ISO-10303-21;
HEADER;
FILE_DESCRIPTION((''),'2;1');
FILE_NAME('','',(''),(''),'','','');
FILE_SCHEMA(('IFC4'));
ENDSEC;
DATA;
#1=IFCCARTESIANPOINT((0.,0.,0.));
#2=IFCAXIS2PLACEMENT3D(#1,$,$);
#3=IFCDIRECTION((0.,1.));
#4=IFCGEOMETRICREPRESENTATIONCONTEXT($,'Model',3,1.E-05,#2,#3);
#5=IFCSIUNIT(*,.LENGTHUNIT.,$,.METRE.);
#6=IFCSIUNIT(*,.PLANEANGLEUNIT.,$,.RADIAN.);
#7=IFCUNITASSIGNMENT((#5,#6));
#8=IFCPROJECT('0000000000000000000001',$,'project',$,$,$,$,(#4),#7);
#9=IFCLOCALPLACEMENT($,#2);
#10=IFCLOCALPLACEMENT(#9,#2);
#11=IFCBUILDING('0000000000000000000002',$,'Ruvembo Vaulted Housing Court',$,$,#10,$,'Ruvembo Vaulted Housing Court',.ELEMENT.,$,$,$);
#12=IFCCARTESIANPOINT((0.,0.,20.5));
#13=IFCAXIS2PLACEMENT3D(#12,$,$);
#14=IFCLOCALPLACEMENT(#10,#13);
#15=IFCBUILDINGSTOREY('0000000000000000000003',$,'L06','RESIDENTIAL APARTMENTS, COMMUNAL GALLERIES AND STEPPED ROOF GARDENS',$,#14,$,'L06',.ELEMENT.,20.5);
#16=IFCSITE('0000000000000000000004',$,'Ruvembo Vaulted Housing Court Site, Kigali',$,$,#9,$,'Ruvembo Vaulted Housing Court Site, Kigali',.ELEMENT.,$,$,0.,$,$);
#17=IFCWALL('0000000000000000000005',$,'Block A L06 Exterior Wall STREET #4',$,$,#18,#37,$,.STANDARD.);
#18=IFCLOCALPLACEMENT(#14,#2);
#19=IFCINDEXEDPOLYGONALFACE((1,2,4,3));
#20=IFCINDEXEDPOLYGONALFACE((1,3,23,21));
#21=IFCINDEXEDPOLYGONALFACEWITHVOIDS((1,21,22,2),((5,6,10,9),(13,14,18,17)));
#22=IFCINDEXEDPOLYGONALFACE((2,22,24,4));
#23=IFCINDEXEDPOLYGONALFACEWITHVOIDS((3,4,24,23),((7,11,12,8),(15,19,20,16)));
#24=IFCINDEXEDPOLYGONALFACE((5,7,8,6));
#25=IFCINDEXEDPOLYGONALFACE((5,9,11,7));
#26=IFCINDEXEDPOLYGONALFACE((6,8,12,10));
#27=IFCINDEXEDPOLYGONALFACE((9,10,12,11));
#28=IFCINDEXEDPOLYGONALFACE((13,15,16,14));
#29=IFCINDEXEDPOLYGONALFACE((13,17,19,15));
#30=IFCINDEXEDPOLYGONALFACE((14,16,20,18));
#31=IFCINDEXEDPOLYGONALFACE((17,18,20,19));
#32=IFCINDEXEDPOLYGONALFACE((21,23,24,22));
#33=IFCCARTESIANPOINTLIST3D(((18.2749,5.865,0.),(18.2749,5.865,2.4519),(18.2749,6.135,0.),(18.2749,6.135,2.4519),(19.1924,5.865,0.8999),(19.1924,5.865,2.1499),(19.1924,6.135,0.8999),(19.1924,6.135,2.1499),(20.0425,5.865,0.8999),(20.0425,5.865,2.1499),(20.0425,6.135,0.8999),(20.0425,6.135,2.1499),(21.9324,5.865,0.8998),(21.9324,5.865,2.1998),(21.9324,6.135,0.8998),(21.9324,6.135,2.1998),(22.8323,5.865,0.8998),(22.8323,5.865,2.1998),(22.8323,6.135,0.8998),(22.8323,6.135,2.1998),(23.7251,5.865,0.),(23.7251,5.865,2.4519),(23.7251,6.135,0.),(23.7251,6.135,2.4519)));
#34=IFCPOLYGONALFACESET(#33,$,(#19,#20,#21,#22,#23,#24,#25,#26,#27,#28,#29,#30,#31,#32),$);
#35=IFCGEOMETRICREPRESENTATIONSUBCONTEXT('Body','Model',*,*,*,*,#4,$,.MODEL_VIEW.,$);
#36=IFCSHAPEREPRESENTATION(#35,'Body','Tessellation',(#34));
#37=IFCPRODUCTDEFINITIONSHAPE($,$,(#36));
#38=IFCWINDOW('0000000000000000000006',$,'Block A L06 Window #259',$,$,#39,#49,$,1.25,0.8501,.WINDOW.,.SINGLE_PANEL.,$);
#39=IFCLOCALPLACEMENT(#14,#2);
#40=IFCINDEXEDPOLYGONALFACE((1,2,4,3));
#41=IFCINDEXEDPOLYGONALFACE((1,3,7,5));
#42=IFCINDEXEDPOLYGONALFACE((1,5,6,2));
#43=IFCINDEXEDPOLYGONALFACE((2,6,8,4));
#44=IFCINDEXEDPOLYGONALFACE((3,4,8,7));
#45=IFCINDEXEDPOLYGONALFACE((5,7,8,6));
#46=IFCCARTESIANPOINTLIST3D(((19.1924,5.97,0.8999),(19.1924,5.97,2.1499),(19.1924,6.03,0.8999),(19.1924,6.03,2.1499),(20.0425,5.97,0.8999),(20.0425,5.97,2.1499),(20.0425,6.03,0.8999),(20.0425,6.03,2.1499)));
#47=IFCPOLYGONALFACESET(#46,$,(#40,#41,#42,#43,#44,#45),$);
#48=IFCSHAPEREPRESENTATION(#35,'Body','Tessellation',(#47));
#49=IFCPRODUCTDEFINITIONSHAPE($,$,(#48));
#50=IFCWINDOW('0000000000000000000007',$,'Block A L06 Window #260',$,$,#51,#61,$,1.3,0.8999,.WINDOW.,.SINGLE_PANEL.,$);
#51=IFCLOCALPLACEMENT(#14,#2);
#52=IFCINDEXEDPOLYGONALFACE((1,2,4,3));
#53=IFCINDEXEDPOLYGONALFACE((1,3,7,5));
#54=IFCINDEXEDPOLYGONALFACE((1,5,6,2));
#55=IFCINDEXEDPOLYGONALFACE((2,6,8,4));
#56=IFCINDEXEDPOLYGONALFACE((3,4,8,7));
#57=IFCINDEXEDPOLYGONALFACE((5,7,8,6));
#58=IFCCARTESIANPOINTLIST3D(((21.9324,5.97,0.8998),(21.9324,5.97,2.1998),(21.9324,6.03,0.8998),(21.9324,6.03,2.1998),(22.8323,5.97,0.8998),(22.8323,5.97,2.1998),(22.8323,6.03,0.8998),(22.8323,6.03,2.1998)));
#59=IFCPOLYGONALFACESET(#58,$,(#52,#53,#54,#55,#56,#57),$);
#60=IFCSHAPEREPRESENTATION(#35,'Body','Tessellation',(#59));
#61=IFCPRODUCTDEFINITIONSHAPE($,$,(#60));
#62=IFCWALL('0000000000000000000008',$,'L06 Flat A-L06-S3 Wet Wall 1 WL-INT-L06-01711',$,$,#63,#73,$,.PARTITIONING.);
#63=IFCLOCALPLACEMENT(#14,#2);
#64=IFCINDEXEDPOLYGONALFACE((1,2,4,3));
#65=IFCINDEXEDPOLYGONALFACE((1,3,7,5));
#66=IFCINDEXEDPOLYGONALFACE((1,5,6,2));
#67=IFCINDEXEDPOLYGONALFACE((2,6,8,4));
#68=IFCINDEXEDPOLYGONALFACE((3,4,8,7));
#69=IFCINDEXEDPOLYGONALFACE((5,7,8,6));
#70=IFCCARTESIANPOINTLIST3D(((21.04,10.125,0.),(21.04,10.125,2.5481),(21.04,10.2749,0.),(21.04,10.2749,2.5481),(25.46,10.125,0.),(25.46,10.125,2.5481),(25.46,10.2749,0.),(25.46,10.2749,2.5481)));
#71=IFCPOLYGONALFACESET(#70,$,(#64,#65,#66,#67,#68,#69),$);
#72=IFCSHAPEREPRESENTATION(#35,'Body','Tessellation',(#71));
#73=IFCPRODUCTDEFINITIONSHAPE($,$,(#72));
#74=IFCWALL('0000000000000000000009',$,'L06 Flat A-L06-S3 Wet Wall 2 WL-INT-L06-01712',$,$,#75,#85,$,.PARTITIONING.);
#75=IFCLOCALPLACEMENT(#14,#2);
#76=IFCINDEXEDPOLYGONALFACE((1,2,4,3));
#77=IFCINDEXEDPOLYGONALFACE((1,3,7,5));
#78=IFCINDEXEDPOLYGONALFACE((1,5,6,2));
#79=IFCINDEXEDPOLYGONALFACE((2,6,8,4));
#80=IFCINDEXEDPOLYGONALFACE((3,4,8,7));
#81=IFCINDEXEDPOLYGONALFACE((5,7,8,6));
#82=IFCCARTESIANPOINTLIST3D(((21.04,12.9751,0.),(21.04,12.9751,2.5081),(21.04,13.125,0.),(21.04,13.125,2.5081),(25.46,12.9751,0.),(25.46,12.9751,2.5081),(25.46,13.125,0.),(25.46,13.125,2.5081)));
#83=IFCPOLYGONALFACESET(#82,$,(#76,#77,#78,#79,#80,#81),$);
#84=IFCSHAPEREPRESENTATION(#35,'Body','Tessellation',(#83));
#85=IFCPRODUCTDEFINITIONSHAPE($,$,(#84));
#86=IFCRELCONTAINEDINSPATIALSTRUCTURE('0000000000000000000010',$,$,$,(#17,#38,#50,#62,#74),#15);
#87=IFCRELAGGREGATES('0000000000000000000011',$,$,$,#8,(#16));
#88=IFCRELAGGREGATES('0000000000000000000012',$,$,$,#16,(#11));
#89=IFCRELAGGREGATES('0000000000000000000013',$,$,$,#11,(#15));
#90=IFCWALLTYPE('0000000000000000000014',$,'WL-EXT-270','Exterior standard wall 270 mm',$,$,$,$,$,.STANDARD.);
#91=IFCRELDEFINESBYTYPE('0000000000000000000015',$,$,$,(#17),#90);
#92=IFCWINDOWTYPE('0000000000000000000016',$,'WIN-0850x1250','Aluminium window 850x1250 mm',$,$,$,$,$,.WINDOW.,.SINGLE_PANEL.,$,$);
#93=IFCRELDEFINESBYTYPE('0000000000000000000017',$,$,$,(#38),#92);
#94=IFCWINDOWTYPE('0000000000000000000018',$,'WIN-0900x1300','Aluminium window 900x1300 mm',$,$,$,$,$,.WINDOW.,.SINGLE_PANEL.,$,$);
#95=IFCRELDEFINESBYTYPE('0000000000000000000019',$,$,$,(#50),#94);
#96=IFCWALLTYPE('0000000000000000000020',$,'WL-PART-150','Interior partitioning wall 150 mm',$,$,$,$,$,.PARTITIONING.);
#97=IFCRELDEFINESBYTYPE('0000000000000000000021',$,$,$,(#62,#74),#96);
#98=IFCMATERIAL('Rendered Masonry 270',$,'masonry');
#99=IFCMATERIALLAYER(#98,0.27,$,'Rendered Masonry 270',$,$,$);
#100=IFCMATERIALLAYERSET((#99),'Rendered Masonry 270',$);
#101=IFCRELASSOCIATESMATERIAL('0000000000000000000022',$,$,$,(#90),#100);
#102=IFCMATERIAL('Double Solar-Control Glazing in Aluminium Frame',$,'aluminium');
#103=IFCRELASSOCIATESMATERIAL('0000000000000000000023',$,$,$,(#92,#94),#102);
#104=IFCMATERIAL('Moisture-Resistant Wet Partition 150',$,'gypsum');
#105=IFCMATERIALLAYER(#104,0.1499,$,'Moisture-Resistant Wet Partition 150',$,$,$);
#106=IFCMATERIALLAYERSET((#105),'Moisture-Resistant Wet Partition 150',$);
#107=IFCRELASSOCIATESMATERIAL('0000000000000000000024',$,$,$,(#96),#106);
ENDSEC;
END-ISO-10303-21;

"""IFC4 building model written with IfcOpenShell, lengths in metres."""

from ifc_helpers import new_model, si_unit, direction, frame, frame_2d, origin, place, context, subcontext, project, spatial, rectangle, extrude, material, layer, layer_set, type_object, element, fill, save


model = new_model("IFC4")

# Units and contexts
model_context = context("Model", 3, precision=1e-05, world=origin(), true_north=direction((0.0, 1.0)))
body_context = subcontext(model_context, "Body", "Model", "MODEL_VIEW")
ifc_project = project(units=[si_unit("LENGTHUNIT", "METRE"), si_unit("PLANEANGLEUNIT", "RADIAN")], contexts=[model_context])

# Site, building, storey
site_placement = place(None, origin())
site = spatial("IfcSite", under=ifc_project, at=site_placement, Name="Ruvembo Vaulted Housing Court Site, Kigali", LongName="Ruvembo Vaulted Housing Court Site, Kigali", CompositionType="ELEMENT", RefElevation=0.0)
building_placement = place(site_placement, origin())
building = spatial("IfcBuilding", under=site, at=building_placement, Name="Ruvembo Vaulted Housing Court", LongName="Ruvembo Vaulted Housing Court", CompositionType="ELEMENT")
storey_placement = place(building_placement, frame((0.0, 0.0, 20.5)))
storey = spatial("IfcBuildingStorey", under=building, at=storey_placement, Name="L06", Description="RESIDENTIAL APARTMENTS, COMMUNAL GALLERIES AND STEPPED ROOF GARDENS", LongName="L06", CompositionType="ELEMENT", Elevation=20.5)

# Wall, openings, windows
ifc_material_1 = material(Name="Rendered Masonry 270", Category="masonry")
ifc_layer_1 = layer(ifc_material_1, 0.27, Name="Rendered Masonry 270")
ifc_layer_set_1 = layer_set([ifc_layer_1], Name="Rendered Masonry 270")
wall_type_1 = type_object("IfcWallType", Name="WL-EXT-270", Description="Exterior standard wall 270 mm", PredefinedType="STANDARD", material=ifc_layer_set_1)
wall_1_placement = place(storey_placement, frame((18.2749, 6.0, 0.0), z_axis=(0.0, 0.0, 1.0), x_axis=(1.0, 0.0, 0.0)))
wall_1 = element("IfcWall", 1, at=wall_1_placement, inside=storey, type_object=wall_type_1, Name="Block A L06 Exterior Wall STREET #4", PredefinedType="STANDARD", context=body_context, shape_type="SweptSolid", body=[
    extrude(rectangle(XDim=5.4502, YDim=0.27, at=frame_2d((2.7251, 0.0))), origin(), (0.0, 0.0, 1.0), 2.4519),
])
opening_1_placement = place(wall_1_placement, frame((0.9175, 0.0, 0.8999)))
opening_1 = element("IfcOpeningElement", 2, at=opening_1_placement, cuts=wall_1, PredefinedType="OPENING", context=body_context, shape_type="SweptSolid", body=[
    extrude(rectangle(XDim=0.8501, YDim=1.25, at=frame_2d((0.425, 0.625))), frame((0.0, 0.145, 0.0), z_axis=(0.0, -1.0, 0.0), x_axis=(1.0, 0.0, 0.0)), (0.0, 0.0, 1.0), 0.29),
])
opening_2_placement = place(wall_1_placement, frame((3.6575, 0.0, 0.8999)))
opening_2 = element("IfcOpeningElement", 3, at=opening_2_placement, cuts=wall_1, PredefinedType="OPENING", context=body_context, shape_type="SweptSolid", body=[
    extrude(rectangle(XDim=0.8999, YDim=1.3, at=frame_2d((0.45, 0.6499))), frame((0.0, 0.145, 0.0), z_axis=(0.0, -1.0, 0.0), x_axis=(1.0, 0.0, 0.0)), (0.0, 0.0, 1.0), 0.29),
])
ifc_material_2 = material(Name="Double Solar-Control Glazing in Aluminium Frame", Category="aluminium")
window_type_1 = type_object("IfcWindowType", Name="WIN-0850x1250", Description="Aluminium window 850x1250 mm", PartitioningType="SINGLE_PANEL", PredefinedType="WINDOW", material=ifc_material_2)
window_1_placement = place(opening_1_placement, origin())
window_1 = element("IfcWindow", 4, at=window_1_placement, inside=storey, type_object=window_type_1, Name="Block A L06 Window #259", OverallHeight=1.25, OverallWidth=0.8501, PartitioningType="SINGLE_PANEL", PredefinedType="WINDOW", context=body_context, shape_type="SweptSolid", body=[
    extrude(rectangle(XDim=0.8501, YDim=1.25, at=frame_2d((0.425, 0.625))), frame((0.0, 0.03, 0.0), z_axis=(0.0, -1.0, 0.0), x_axis=(1.0, 0.0, 0.0)), (0.0, 0.0, 1.0), 0.0601),
])
fill(opening_1, window_1)
window_type_2 = type_object("IfcWindowType", Name="WIN-0900x1300", Description="Aluminium window 900x1300 mm", PartitioningType="SINGLE_PANEL", PredefinedType="WINDOW", material=ifc_material_2)
window_2_placement = place(opening_2_placement, origin())
window_2 = element("IfcWindow", 5, at=window_2_placement, inside=storey, type_object=window_type_2, Name="Block A L06 Window #260", OverallHeight=1.3, OverallWidth=0.8999, PartitioningType="SINGLE_PANEL", PredefinedType="WINDOW", context=body_context, shape_type="SweptSolid", body=[
    extrude(rectangle(XDim=0.8999, YDim=1.3, at=frame_2d((0.45, 0.6499))), frame((0.0, 0.03, 0.0), z_axis=(0.0, -1.0, 0.0), x_axis=(1.0, 0.0, 0.0)), (0.0, 0.0, 1.0), 0.0601),
])
fill(opening_2, window_2)

# Walls
ifc_material_3 = material(Name="Moisture-Resistant Wet Partition 150", Category="gypsum")
ifc_layer_2 = layer(ifc_material_3, 0.1499, Name="Moisture-Resistant Wet Partition 150")
ifc_layer_set_2 = layer_set([ifc_layer_2], Name="Moisture-Resistant Wet Partition 150")
wall_type_2 = type_object("IfcWallType", Name="WL-PART-150", Description="Interior partitioning wall 150 mm", PredefinedType="PARTITIONING", material=ifc_layer_set_2)
wall_2_placement = place(storey_placement, frame((21.04, 10.2, 0.0), z_axis=(0.0, 0.0, 1.0), x_axis=(1.0, 0.0, 0.0)))
element("IfcWall", 6, at=wall_2_placement, inside=storey, type_object=wall_type_2, Name="L06 Flat A-L06-S3 Wet Wall 1 WL-INT-L06-01711", PredefinedType="PARTITIONING", context=body_context, shape_type="SweptSolid", body=[
    extrude(rectangle(XDim=4.4199, YDim=0.1499, at=frame_2d((2.21, 0.0))), origin(), (0.0, 0.0, 1.0), 2.5481),
])
wall_3_placement = place(storey_placement, frame((21.04, 13.05, 0.0), z_axis=(0.0, 0.0, 1.0), x_axis=(1.0, 0.0, 0.0)))
element("IfcWall", 7, at=wall_3_placement, inside=storey, type_object=wall_type_2, Name="L06 Flat A-L06-S3 Wet Wall 2 WL-INT-L06-01712", PredefinedType="PARTITIONING", context=body_context, shape_type="SweptSolid", body=[
    extrude(rectangle(XDim=4.4199, YDim=0.1499, at=frame_2d((2.21, 0.0))), origin(), (0.0, 0.0, 1.0), 2.5081),
])

save(model, "model.ifc")
